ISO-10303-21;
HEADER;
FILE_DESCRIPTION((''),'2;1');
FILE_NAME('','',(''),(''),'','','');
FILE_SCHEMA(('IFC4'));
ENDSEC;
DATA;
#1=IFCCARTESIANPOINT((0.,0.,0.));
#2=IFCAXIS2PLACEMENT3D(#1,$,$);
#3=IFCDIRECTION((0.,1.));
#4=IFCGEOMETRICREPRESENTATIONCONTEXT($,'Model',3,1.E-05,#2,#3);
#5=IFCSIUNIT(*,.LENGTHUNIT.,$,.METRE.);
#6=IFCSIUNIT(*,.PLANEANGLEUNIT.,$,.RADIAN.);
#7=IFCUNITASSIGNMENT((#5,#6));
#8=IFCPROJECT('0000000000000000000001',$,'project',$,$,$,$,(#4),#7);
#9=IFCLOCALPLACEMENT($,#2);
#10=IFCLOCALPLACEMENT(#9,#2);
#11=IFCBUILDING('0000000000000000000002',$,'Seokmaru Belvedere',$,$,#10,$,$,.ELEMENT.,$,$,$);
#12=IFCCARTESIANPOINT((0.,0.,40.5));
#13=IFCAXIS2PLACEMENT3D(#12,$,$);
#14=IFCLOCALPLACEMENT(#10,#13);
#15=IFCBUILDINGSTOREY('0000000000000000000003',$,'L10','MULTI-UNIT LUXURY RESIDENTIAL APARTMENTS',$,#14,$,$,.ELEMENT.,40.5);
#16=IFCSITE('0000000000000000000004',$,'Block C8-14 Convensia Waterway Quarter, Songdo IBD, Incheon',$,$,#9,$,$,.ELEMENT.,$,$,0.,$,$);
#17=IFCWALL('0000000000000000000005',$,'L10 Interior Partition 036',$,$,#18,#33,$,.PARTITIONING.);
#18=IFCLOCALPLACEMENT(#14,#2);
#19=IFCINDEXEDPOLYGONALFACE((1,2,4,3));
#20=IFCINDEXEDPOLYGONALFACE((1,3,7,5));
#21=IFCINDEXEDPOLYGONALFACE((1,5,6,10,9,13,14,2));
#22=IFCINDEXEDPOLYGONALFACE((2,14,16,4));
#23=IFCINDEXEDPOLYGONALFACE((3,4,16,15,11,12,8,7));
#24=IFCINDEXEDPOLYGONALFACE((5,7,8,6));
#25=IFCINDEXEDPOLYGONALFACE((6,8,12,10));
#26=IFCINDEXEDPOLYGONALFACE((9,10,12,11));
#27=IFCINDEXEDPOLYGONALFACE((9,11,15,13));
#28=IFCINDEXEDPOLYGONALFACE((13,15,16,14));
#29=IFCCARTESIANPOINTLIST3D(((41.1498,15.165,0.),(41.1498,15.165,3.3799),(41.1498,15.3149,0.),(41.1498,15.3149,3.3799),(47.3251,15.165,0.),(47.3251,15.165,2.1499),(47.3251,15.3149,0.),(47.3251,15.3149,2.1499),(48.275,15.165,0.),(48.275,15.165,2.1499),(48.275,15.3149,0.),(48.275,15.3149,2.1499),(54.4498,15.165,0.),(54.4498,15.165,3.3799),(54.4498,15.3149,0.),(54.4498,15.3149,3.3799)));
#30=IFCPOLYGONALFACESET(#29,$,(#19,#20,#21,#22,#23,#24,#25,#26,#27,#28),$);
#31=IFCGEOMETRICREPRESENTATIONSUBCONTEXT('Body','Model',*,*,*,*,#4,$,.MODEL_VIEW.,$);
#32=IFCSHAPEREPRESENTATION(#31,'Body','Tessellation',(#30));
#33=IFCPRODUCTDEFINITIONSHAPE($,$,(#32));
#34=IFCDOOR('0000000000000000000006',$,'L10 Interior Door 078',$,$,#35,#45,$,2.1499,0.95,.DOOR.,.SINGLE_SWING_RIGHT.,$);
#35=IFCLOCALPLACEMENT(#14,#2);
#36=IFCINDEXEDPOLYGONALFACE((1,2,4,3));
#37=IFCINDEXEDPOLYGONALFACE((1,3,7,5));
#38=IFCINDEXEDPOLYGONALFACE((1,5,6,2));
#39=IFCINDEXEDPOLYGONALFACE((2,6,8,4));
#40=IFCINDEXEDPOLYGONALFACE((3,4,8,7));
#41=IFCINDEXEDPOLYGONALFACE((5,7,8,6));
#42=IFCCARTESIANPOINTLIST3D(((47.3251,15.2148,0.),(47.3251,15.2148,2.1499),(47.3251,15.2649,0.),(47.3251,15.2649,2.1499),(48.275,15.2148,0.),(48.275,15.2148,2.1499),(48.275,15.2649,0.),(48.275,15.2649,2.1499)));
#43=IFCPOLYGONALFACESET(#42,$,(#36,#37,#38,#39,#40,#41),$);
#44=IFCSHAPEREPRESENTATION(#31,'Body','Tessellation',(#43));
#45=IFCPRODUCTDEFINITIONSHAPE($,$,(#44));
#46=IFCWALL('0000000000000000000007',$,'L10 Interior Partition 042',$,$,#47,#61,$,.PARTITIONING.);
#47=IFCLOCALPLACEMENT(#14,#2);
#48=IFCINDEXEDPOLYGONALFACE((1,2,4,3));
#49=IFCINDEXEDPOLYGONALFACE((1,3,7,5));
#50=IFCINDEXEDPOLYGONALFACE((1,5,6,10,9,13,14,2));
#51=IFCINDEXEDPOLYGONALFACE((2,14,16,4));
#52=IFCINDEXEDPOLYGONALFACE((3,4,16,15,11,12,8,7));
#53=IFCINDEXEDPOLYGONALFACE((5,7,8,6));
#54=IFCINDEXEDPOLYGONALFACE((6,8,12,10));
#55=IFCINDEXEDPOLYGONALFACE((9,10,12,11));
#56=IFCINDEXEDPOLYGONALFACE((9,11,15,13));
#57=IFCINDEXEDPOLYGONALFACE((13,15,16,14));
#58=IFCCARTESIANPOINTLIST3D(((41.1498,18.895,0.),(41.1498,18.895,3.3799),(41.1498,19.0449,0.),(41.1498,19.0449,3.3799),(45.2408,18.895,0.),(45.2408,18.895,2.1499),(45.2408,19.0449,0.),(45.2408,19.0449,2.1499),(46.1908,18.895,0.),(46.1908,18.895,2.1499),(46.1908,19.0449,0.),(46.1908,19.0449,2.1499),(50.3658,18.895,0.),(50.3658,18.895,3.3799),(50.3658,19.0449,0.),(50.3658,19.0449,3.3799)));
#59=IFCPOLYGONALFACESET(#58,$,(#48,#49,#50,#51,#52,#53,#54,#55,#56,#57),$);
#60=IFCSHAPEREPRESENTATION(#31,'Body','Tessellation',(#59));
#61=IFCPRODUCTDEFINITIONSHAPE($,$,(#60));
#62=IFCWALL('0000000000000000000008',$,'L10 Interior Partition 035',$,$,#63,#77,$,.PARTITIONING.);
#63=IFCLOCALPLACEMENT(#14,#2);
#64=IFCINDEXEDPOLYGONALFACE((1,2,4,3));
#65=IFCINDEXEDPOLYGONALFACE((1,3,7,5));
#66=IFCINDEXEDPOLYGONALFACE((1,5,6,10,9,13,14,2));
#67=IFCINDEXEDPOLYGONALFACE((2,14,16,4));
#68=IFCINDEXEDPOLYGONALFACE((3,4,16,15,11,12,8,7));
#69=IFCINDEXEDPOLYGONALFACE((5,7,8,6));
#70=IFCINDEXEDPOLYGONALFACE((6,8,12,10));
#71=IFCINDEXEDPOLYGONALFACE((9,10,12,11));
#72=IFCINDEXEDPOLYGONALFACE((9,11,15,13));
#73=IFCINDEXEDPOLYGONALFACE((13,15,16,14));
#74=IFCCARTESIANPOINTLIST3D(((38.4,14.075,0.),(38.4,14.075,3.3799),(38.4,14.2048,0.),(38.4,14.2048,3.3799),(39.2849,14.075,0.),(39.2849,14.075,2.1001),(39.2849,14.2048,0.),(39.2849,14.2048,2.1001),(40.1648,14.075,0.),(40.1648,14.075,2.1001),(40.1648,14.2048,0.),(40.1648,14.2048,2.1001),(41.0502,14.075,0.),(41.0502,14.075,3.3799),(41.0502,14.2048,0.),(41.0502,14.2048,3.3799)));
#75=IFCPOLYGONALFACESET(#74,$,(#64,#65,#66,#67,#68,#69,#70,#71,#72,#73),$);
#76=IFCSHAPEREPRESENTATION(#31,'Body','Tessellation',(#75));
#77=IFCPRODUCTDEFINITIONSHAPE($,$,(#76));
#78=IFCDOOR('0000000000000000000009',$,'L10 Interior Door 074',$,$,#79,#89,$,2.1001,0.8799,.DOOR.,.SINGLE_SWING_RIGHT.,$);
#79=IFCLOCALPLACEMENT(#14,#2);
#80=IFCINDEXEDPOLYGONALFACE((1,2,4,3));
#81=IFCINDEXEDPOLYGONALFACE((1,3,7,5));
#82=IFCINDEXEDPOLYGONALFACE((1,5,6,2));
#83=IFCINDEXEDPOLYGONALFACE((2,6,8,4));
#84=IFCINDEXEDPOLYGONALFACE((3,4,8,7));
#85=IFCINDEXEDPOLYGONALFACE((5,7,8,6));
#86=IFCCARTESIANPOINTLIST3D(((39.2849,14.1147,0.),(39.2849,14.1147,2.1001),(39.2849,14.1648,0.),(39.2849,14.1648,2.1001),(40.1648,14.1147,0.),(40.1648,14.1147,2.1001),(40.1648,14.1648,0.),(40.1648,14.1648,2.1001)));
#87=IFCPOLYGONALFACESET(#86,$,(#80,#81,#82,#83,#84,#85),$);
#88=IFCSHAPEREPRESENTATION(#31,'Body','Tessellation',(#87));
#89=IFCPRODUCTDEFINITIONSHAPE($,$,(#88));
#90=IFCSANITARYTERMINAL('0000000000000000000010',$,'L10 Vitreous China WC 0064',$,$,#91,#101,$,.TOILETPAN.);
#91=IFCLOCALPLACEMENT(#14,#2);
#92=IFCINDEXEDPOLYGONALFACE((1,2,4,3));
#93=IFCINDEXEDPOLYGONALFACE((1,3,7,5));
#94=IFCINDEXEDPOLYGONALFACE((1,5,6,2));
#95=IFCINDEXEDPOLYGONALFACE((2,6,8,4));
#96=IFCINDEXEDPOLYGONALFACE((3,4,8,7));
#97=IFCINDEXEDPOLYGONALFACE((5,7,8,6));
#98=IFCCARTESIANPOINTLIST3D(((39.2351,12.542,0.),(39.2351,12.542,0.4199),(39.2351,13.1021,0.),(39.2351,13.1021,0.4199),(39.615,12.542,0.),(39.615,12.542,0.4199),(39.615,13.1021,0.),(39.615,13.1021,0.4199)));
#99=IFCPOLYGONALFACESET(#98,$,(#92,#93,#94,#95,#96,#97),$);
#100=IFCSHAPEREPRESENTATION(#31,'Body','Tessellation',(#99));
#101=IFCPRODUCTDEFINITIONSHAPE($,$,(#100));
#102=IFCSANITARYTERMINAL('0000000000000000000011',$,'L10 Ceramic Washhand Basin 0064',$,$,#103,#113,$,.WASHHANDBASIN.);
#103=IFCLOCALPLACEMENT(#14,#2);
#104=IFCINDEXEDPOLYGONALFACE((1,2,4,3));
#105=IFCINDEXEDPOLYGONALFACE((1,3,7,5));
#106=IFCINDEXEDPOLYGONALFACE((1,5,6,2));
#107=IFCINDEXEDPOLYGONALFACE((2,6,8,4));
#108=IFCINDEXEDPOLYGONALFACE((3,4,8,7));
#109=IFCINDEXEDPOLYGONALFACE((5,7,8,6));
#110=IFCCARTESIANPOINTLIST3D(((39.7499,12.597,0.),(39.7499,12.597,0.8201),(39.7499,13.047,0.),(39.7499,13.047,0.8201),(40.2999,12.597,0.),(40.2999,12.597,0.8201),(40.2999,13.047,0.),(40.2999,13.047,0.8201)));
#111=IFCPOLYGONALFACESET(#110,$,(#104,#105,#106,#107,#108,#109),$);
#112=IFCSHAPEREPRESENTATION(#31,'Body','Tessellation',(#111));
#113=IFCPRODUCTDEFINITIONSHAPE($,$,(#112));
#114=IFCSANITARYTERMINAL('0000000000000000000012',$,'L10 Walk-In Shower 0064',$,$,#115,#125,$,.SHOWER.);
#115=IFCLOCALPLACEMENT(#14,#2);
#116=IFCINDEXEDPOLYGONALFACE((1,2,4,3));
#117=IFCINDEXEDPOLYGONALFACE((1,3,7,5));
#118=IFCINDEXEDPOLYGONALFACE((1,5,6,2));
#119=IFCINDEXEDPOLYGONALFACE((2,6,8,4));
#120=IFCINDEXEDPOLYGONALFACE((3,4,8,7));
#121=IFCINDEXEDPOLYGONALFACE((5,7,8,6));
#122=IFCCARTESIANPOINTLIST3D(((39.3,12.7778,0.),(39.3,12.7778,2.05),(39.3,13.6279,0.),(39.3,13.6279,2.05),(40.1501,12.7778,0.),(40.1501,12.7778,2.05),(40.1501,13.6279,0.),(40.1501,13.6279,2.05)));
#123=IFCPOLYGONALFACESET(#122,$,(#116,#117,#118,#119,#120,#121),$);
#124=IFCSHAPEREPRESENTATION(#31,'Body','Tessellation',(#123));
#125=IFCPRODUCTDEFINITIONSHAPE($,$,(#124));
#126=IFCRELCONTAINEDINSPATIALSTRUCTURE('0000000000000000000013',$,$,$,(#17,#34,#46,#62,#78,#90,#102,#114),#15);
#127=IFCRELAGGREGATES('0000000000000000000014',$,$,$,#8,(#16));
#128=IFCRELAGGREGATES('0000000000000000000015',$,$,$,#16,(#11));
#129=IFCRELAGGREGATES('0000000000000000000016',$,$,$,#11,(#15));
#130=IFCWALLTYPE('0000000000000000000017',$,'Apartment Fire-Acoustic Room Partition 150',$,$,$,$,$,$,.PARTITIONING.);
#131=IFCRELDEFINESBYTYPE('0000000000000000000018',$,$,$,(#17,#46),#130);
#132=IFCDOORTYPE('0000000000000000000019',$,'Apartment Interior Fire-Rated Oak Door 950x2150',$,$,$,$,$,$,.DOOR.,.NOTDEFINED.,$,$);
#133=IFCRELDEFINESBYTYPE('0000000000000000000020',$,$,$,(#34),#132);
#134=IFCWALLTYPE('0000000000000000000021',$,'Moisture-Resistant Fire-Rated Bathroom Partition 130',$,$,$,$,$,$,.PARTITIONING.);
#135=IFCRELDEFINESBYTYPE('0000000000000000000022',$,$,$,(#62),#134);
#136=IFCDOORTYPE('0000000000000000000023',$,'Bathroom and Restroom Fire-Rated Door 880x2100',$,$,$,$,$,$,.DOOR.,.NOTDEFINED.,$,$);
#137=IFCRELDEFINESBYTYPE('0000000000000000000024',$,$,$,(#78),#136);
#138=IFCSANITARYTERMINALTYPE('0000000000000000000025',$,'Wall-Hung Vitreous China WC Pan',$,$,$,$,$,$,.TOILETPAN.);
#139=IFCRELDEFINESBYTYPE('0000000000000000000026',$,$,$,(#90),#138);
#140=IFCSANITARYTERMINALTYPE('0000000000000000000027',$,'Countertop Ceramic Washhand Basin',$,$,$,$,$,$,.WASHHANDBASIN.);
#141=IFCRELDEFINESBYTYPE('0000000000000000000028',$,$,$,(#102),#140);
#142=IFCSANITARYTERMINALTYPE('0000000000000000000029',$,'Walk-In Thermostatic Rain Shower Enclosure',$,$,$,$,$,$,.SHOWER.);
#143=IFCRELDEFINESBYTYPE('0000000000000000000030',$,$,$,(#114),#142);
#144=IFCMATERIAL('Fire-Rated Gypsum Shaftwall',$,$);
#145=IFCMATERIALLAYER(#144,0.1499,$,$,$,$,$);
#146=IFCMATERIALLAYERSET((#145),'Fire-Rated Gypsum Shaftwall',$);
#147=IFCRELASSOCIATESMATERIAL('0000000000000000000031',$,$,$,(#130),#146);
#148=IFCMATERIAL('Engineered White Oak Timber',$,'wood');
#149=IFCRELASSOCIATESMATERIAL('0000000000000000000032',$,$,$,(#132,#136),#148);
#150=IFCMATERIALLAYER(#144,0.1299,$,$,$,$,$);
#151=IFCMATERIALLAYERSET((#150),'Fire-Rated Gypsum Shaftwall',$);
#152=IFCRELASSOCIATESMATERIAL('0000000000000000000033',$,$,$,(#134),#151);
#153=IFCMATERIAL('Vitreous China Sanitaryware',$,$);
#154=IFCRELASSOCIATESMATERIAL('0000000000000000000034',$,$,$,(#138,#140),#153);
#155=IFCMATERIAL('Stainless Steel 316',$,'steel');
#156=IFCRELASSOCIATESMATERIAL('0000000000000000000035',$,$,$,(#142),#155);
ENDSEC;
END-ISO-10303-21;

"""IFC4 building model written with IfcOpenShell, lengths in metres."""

from ifc_helpers import new_model, si_unit, direction, frame, frame_2d, origin, origin_2d, place, context, subcontext, project, spatial, rectangle, extrude, source, transform, mapped, material, layer, layer_set, type_object, type_shapes, element, fill, save


model = new_model("IFC4")

# Units and contexts
model_context = context("Model", 3, precision=1e-05, world=origin(), true_north=direction((0.0, 1.0)))
body_context = subcontext(model_context, "Body", "Model", "MODEL_VIEW")
ifc_project = project(units=[si_unit("LENGTHUNIT", "METRE"), si_unit("PLANEANGLEUNIT", "RADIAN")], contexts=[model_context])

# Site, building, storey
site_placement = place(None, origin())
site = spatial("IfcSite", under=ifc_project, at=site_placement, Name="Block C8-14 Convensia Waterway Quarter, Songdo IBD, Incheon", CompositionType="ELEMENT", RefElevation=0.0)
building_placement = place(site_placement, origin())
building = spatial("IfcBuilding", under=site, at=building_placement, Name="Seokmaru Belvedere", CompositionType="ELEMENT")
storey_placement = place(building_placement, frame((0.0, 0.0, 40.5)))
storey = spatial("IfcBuildingStorey", under=building, at=storey_placement, Name="L10", Description="MULTI-UNIT LUXURY RESIDENTIAL APARTMENTS", CompositionType="ELEMENT", Elevation=40.5)

# Wall, opening, door
ifc_material_1 = material(Name="Fire-Rated Gypsum Shaftwall")
ifc_layer_1 = layer(ifc_material_1, 0.1499)
ifc_layer_set_1 = layer_set([ifc_layer_1], Name="Fire-Rated Gypsum Shaftwall")
wall_type_1 = type_object("IfcWallType", Name="Apartment Fire-Acoustic Room Partition 150", PredefinedType="PARTITIONING", material=ifc_layer_set_1)
wall_1_placement = place(storey_placement, frame((41.1499, 15.24, 0.0), z_axis=(0.0, 0.0, 1.0), x_axis=(1.0, 0.0, 0.0)))
wall_1 = element("IfcWall", 1, at=wall_1_placement, inside=storey, type_object=wall_type_1, Name="L10 Interior Partition 036", PredefinedType="PARTITIONING", context=body_context, shape_type="SweptSolid", body=[
    extrude(rectangle(XDim=13.3, YDim=0.1499, at=frame_2d((6.6499, 0.0))), origin(), (0.0, 0.0, 1.0), 3.3799),
])
opening_1_placement = place(wall_1_placement, frame((6.175, 0.0, 0.0)))
opening_1 = element("IfcOpeningElement", 2, at=opening_1_placement, cuts=wall_1, PredefinedType="OPENING", context=body_context, shape_type="SweptSolid", body=[
    extrude(rectangle(XDim=0.95, YDim=2.1499, at=frame_2d((0.4751, 1.075))), frame((0.0, 0.085, 0.0), z_axis=(0.0, -1.0, 0.0), x_axis=(1.0, 0.0, 0.0)), (0.0, 0.0, 1.0), 0.1699),
])
ifc_material_2 = material(Name="Engineered White Oak Timber", Category="wood")
door_type_1 = type_object("IfcDoorType", Name="Apartment Interior Fire-Rated Oak Door 950x2150", OperationType="NOTDEFINED", PredefinedType="DOOR", material=ifc_material_2)
shared_shape_1 = source(origin(), body_context, "Body", "SweptSolid", [
    extrude(rectangle(XDim=0.95, YDim=2.1499, at=frame_2d((0.4751, 1.075))), frame((0.0, 0.0249, 0.0), z_axis=(0.0, -1.0, 0.0), x_axis=(1.0, 0.0, 0.0)), (0.0, 0.0, 1.0), 0.05),
])
type_shapes(door_type_1, [shared_shape_1])
door_1_placement = place(opening_1_placement, origin())
door_1 = element("IfcDoor", 3, at=door_1_placement, inside=storey, type_object=door_type_1, Name="L10 Interior Door 078", OperationType="SINGLE_SWING_RIGHT", OverallHeight=2.1499, OverallWidth=0.95, PredefinedType="DOOR", context=body_context, shape_type="MappedRepresentation", body=[
    mapped(shared_shape_1, transform((0.0, 0.0, 0.0), scale=1.0)),
])
fill(opening_1, door_1)

# Wall, opening
wall_2_placement = place(storey_placement, frame((41.1499, 18.97, 0.0), z_axis=(0.0, 0.0, 1.0), x_axis=(1.0, 0.0, 0.0)))
wall_2 = element("IfcWall", 4, at=wall_2_placement, inside=storey, type_object=wall_type_1, Name="L10 Interior Partition 042", PredefinedType="PARTITIONING", context=body_context, shape_type="SweptSolid", body=[
    extrude(rectangle(XDim=9.2161, YDim=0.1499, at=frame_2d((4.6079, 0.0))), origin(), (0.0, 0.0, 1.0), 3.3799),
])
opening_2_placement = place(wall_2_placement, frame((4.0908, 0.0, 0.0)))
element("IfcOpeningElement", 5, at=opening_2_placement, cuts=wall_2, PredefinedType="OPENING", context=body_context, shape_type="SweptSolid", body=[
    extrude(rectangle(XDim=0.95, YDim=2.1499, at=frame_2d((0.4751, 1.075))), frame((0.0, 0.085, 0.0), z_axis=(0.0, -1.0, 0.0), x_axis=(1.0, 0.0, 0.0)), (0.0, 0.0, 1.0), 0.1699),
])

# Wall, opening, door
ifc_layer_2 = layer(ifc_material_1, 0.1299)
ifc_layer_set_2 = layer_set([ifc_layer_2], Name="Fire-Rated Gypsum Shaftwall")
wall_type_2 = type_object("IfcWallType", Name="Moisture-Resistant Fire-Rated Bathroom Partition 130", PredefinedType="PARTITIONING", material=ifc_layer_set_2)
wall_3_placement = place(storey_placement, frame((38.3999, 14.1399, 0.0), z_axis=(0.0, 0.0, 1.0), x_axis=(1.0, 0.0, 0.0)))
wall_3 = element("IfcWall", 6, at=wall_3_placement, inside=storey, type_object=wall_type_2, Name="L10 Interior Partition 035", PredefinedType="PARTITIONING", context=body_context, shape_type="SweptSolid", body=[
    extrude(rectangle(XDim=2.6501, YDim=0.1299, at=frame_2d((1.3252, 0.0))), origin(), (0.0, 0.0, 1.0), 3.3799),
])
opening_3_placement = place(wall_3_placement, frame((0.885, 0.0, 0.0)))
opening_3 = element("IfcOpeningElement", 7, at=opening_3_placement, cuts=wall_3, PredefinedType="OPENING", context=body_context, shape_type="SweptSolid", body=[
    extrude(rectangle(XDim=0.8799, YDim=2.1001, at=frame_2d((0.4399, 1.05))), frame((0.0, 0.075, 0.0), z_axis=(0.0, -1.0, 0.0), x_axis=(1.0, 0.0, 0.0)), (0.0, 0.0, 1.0), 0.1499),
])
door_type_2 = type_object("IfcDoorType", Name="Bathroom and Restroom Fire-Rated Door 880x2100", OperationType="NOTDEFINED", PredefinedType="DOOR", material=ifc_material_2)
shared_shape_2 = source(origin(), body_context, "Body", "SweptSolid", [
    extrude(rectangle(XDim=0.8799, YDim=2.1001, at=frame_2d((0.4399, 1.05))), frame((0.0, 0.0249, 0.0), z_axis=(0.0, -1.0, 0.0), x_axis=(1.0, 0.0, 0.0)), (0.0, 0.0, 1.0), 0.05),
])
type_shapes(door_type_2, [shared_shape_2])
door_2_placement = place(opening_3_placement, origin())
door_2 = element("IfcDoor", 8, at=door_2_placement, inside=storey, type_object=door_type_2, Name="L10 Interior Door 074", OperationType="SINGLE_SWING_RIGHT", OverallHeight=2.1001, OverallWidth=0.8799, PredefinedType="DOOR", context=body_context, shape_type="MappedRepresentation", body=[
    mapped(shared_shape_2, transform((0.0, 0.0, 0.0), scale=1.0)),
])
fill(opening_3, door_2)

# Sanitary terminals
ifc_material_3 = material(Name="Vitreous China Sanitaryware")
sanitary_terminal_type_1 = type_object("IfcSanitaryTerminalType", Name="Wall-Hung Vitreous China WC Pan", PredefinedType="TOILETPAN", material=ifc_material_3)
shared_shape_3 = source(origin(), body_context, "Body", "SweptSolid", [
    extrude(rectangle(XDim=0.3799, YDim=0.5601, at=origin_2d()), origin(), (0.0, 0.0, 1.0), 0.4199),
])
type_shapes(sanitary_terminal_type_1, [shared_shape_3])
sanitary_terminal_1_placement = place(storey_placement, frame((39.425, 12.822, 0.0), z_axis=(0.0, 0.0, 1.0), x_axis=(1.0, 0.0, 0.0)))
element("IfcSanitaryTerminal", 9, at=sanitary_terminal_1_placement, inside=storey, type_object=sanitary_terminal_type_1, Name="L10 Vitreous China WC 0064", PredefinedType="TOILETPAN", context=body_context, shape_type="MappedRepresentation", body=[
    mapped(shared_shape_3, transform((0.0, 0.0, 0.0), scale=1.0)),
])
sanitary_terminal_type_2 = type_object("IfcSanitaryTerminalType", Name="Countertop Ceramic Washhand Basin", PredefinedType="WASHHANDBASIN", material=ifc_material_3)
shared_shape_4 = source(origin(), body_context, "Body", "SweptSolid", [
    extrude(rectangle(XDim=0.55, YDim=0.45, at=origin_2d()), origin(), (0.0, 0.0, 1.0), 0.8201),
])
type_shapes(sanitary_terminal_type_2, [shared_shape_4])
sanitary_terminal_2_placement = place(storey_placement, frame((40.0249, 12.822, 0.0), z_axis=(0.0, 0.0, 1.0), x_axis=(1.0, 0.0, 0.0)))
element("IfcSanitaryTerminal", 10, at=sanitary_terminal_2_placement, inside=storey, type_object=sanitary_terminal_type_2, Name="L10 Ceramic Washhand Basin 0064", PredefinedType="WASHHANDBASIN", context=body_context, shape_type="MappedRepresentation", body=[
    mapped(shared_shape_4, transform((0.0, 0.0, 0.0), scale=1.0)),
])
ifc_material_4 = material(Name="Stainless Steel 316", Category="steel")
sanitary_terminal_type_3 = type_object("IfcSanitaryTerminalType", Name="Walk-In Thermostatic Rain Shower Enclosure", PredefinedType="SHOWER", material=ifc_material_4)
shared_shape_5 = source(origin(), body_context, "Body", "SweptSolid", [
    extrude(rectangle(XDim=0.8501, YDim=0.8501, at=origin_2d()), origin(), (0.0, 0.0, 1.0), 2.05),
])
type_shapes(sanitary_terminal_type_3, [shared_shape_5])
sanitary_terminal_3_placement = place(storey_placement, frame((39.7251, 13.2029, 0.0), z_axis=(0.0, 0.0, 1.0), x_axis=(1.0, 0.0, 0.0)))
element("IfcSanitaryTerminal", 11, at=sanitary_terminal_3_placement, inside=storey, type_object=sanitary_terminal_type_3, Name="L10 Walk-In Shower 0064", PredefinedType="SHOWER", context=body_context, shape_type="MappedRepresentation", body=[
    mapped(shared_shape_5, transform((0.0, 0.0, 0.0), scale=1.0)),
])

save(model, "model.ifc")
